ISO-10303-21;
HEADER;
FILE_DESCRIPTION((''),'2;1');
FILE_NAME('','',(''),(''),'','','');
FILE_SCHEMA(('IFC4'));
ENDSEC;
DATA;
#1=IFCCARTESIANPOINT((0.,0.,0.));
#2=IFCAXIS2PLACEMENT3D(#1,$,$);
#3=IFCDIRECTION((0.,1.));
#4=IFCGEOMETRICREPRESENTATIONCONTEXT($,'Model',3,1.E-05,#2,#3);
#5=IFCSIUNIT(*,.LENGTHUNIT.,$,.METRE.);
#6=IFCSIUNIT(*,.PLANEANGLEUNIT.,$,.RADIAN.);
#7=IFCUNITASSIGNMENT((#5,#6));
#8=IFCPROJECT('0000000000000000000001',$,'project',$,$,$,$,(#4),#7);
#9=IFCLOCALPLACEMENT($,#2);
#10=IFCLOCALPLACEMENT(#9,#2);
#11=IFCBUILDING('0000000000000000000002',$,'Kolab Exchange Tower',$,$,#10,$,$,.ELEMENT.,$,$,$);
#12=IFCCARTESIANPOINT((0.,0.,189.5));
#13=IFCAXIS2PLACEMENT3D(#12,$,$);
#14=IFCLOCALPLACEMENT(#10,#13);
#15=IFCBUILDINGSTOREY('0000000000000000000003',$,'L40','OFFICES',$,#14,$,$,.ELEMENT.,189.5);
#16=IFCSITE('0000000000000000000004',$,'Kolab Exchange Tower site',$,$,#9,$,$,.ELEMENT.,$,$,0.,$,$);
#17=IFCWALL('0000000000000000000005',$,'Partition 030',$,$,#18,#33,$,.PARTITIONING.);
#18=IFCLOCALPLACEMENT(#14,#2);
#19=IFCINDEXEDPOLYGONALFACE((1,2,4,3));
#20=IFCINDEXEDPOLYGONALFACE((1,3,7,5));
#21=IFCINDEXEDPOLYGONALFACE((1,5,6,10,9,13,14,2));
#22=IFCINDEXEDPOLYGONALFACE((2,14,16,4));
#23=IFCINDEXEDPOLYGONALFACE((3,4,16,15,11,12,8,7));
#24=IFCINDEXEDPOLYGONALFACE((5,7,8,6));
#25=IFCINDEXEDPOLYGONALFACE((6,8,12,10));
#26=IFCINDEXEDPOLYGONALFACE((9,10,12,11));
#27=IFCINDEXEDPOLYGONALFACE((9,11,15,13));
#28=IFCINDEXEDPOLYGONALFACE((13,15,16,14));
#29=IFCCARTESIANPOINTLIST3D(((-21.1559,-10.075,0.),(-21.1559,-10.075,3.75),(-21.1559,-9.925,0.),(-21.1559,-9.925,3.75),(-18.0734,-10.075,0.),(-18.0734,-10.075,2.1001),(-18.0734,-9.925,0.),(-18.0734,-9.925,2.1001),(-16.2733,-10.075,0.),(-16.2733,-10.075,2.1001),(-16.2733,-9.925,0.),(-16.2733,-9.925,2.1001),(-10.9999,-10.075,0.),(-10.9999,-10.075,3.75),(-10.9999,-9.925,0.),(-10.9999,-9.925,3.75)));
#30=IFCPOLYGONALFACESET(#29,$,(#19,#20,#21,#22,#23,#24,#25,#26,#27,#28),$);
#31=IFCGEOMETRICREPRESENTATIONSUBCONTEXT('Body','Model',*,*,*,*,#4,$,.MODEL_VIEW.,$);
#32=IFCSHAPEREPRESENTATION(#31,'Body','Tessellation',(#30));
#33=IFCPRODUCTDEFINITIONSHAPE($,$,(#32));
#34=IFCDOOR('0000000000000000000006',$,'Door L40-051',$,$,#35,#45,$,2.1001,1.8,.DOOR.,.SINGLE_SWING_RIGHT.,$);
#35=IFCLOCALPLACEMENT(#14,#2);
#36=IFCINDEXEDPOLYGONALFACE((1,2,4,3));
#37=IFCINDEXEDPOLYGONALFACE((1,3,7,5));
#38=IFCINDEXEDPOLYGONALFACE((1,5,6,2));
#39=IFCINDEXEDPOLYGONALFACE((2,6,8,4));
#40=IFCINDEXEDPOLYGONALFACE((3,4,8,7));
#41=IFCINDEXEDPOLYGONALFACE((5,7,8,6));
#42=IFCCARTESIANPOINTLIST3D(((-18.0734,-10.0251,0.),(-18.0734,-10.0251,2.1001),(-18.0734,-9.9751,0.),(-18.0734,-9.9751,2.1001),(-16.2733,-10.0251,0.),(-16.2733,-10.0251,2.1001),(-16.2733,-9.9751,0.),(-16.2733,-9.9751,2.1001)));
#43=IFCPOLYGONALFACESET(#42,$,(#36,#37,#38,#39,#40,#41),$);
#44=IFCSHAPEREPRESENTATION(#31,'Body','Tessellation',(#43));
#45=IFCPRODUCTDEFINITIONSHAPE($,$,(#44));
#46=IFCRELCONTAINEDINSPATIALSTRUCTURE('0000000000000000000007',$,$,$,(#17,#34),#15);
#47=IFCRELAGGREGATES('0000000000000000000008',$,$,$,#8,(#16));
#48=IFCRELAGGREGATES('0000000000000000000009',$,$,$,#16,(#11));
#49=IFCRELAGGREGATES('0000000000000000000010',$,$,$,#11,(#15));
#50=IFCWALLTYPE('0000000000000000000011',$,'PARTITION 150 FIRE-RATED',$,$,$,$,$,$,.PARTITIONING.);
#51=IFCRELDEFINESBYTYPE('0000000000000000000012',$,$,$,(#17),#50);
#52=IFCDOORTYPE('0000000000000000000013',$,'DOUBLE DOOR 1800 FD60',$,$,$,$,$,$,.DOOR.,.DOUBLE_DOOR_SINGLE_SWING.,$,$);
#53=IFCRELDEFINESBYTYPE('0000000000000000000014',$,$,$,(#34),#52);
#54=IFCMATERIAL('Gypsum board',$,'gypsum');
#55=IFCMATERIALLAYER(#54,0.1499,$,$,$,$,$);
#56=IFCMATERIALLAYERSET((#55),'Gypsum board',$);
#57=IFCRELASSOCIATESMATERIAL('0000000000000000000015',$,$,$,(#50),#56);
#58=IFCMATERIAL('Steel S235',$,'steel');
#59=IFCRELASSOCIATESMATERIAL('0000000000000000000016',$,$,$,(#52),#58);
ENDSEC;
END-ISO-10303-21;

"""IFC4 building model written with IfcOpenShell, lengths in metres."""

from ifc_helpers import new_model, si_unit, direction, frame, frame_2d, origin, place, context, subcontext, project, spatial, rectangle, extrude, material, layer, layer_set, type_object, element, fill, save


model = new_model("IFC4")

# Units and contexts
model_context = context("Model", 3, precision=1e-05, world=origin(), true_north=direction((0.0, 1.0)))
body_context = subcontext(model_context, "Body", "Model", "MODEL_VIEW")
ifc_project = project(units=[si_unit("LENGTHUNIT", "METRE"), si_unit("PLANEANGLEUNIT", "RADIAN")], contexts=[model_context])

# Site, building, storey
site_placement = place(None, origin())
site = spatial("IfcSite", under=ifc_project, at=site_placement, Name="Kolab Exchange Tower site", CompositionType="ELEMENT", RefElevation=0.0)
building_placement = place(site_placement, origin())
building = spatial("IfcBuilding", under=site, at=building_placement, Name="Kolab Exchange Tower", CompositionType="ELEMENT")
storey_placement = place(building_placement, frame((0.0, 0.0, 189.5)))
storey = spatial("IfcBuildingStorey", under=building, at=storey_placement, Name="L40", Description="OFFICES", CompositionType="ELEMENT", Elevation=189.5)

# Shared definitions
ifc_material_1 = material(Name="Gypsum board", Category="gypsum")

# Wall, opening, door
ifc_layer_1 = layer(ifc_material_1, 0.1499)
ifc_layer_set_1 = layer_set([ifc_layer_1], Name="Gypsum board")
wall_type_1 = type_object("IfcWallType", Name="PARTITION 150 FIRE-RATED", PredefinedType="PARTITIONING", material=ifc_layer_set_1)
wall_1_placement = place(storey_placement, frame((-21.156, -10.0, 0.0), z_axis=(0.0, 0.0, 1.0), x_axis=(1.0, 0.0, 0.0)))
wall_1 = element("IfcWall", 1, at=wall_1_placement, inside=storey, type_object=wall_type_1, Name="Partition 030", PredefinedType="PARTITIONING", context=body_context, shape_type="SweptSolid", body=[
    extrude(rectangle(XDim=10.156, YDim=0.1499, at=frame_2d((5.0781, 0.0))), origin(), (0.0, 0.0, 1.0), 3.75),
])
opening_placement = place(wall_1_placement, frame((3.0828, 0.0, 0.0)))
opening = element("IfcOpeningElement", 2, at=opening_placement, cuts=wall_1, PredefinedType="OPENING", context=body_context, shape_type="SweptSolid", body=[
    extrude(rectangle(XDim=1.8, YDim=2.1001, at=frame_2d((0.8999, 1.05))), frame((0.0, 0.085, 0.0), z_axis=(0.0, -1.0, 0.0), x_axis=(1.0, 0.0, 0.0)), (0.0, 0.0, 1.0), 0.1699),
])
ifc_material_2 = material(Name="Steel S235", Category="steel")
door_type = type_object("IfcDoorType", Name="DOUBLE DOOR 1800 FD60", OperationType="DOUBLE_DOOR_SINGLE_SWING", PredefinedType="DOOR", material=ifc_material_2)
door_placement = place(opening_placement, origin())
door = element("IfcDoor", 3, at=door_placement, inside=storey, type_object=door_type, Name="Door L40-051", OperationType="SINGLE_SWING_RIGHT", OverallHeight=2.1001, OverallWidth=1.8, PredefinedType="DOOR", context=body_context, shape_type="SweptSolid", body=[
    extrude(rectangle(XDim=1.8, YDim=2.1001, at=frame_2d((0.8999, 1.05))), frame((0.0, 0.0249, 0.0), z_axis=(0.0, -1.0, 0.0), x_axis=(1.0, 0.0, 0.0)), (0.0, 0.0, 1.0), 0.05),
])
fill(opening, door)

save(model, "model.ifc")
